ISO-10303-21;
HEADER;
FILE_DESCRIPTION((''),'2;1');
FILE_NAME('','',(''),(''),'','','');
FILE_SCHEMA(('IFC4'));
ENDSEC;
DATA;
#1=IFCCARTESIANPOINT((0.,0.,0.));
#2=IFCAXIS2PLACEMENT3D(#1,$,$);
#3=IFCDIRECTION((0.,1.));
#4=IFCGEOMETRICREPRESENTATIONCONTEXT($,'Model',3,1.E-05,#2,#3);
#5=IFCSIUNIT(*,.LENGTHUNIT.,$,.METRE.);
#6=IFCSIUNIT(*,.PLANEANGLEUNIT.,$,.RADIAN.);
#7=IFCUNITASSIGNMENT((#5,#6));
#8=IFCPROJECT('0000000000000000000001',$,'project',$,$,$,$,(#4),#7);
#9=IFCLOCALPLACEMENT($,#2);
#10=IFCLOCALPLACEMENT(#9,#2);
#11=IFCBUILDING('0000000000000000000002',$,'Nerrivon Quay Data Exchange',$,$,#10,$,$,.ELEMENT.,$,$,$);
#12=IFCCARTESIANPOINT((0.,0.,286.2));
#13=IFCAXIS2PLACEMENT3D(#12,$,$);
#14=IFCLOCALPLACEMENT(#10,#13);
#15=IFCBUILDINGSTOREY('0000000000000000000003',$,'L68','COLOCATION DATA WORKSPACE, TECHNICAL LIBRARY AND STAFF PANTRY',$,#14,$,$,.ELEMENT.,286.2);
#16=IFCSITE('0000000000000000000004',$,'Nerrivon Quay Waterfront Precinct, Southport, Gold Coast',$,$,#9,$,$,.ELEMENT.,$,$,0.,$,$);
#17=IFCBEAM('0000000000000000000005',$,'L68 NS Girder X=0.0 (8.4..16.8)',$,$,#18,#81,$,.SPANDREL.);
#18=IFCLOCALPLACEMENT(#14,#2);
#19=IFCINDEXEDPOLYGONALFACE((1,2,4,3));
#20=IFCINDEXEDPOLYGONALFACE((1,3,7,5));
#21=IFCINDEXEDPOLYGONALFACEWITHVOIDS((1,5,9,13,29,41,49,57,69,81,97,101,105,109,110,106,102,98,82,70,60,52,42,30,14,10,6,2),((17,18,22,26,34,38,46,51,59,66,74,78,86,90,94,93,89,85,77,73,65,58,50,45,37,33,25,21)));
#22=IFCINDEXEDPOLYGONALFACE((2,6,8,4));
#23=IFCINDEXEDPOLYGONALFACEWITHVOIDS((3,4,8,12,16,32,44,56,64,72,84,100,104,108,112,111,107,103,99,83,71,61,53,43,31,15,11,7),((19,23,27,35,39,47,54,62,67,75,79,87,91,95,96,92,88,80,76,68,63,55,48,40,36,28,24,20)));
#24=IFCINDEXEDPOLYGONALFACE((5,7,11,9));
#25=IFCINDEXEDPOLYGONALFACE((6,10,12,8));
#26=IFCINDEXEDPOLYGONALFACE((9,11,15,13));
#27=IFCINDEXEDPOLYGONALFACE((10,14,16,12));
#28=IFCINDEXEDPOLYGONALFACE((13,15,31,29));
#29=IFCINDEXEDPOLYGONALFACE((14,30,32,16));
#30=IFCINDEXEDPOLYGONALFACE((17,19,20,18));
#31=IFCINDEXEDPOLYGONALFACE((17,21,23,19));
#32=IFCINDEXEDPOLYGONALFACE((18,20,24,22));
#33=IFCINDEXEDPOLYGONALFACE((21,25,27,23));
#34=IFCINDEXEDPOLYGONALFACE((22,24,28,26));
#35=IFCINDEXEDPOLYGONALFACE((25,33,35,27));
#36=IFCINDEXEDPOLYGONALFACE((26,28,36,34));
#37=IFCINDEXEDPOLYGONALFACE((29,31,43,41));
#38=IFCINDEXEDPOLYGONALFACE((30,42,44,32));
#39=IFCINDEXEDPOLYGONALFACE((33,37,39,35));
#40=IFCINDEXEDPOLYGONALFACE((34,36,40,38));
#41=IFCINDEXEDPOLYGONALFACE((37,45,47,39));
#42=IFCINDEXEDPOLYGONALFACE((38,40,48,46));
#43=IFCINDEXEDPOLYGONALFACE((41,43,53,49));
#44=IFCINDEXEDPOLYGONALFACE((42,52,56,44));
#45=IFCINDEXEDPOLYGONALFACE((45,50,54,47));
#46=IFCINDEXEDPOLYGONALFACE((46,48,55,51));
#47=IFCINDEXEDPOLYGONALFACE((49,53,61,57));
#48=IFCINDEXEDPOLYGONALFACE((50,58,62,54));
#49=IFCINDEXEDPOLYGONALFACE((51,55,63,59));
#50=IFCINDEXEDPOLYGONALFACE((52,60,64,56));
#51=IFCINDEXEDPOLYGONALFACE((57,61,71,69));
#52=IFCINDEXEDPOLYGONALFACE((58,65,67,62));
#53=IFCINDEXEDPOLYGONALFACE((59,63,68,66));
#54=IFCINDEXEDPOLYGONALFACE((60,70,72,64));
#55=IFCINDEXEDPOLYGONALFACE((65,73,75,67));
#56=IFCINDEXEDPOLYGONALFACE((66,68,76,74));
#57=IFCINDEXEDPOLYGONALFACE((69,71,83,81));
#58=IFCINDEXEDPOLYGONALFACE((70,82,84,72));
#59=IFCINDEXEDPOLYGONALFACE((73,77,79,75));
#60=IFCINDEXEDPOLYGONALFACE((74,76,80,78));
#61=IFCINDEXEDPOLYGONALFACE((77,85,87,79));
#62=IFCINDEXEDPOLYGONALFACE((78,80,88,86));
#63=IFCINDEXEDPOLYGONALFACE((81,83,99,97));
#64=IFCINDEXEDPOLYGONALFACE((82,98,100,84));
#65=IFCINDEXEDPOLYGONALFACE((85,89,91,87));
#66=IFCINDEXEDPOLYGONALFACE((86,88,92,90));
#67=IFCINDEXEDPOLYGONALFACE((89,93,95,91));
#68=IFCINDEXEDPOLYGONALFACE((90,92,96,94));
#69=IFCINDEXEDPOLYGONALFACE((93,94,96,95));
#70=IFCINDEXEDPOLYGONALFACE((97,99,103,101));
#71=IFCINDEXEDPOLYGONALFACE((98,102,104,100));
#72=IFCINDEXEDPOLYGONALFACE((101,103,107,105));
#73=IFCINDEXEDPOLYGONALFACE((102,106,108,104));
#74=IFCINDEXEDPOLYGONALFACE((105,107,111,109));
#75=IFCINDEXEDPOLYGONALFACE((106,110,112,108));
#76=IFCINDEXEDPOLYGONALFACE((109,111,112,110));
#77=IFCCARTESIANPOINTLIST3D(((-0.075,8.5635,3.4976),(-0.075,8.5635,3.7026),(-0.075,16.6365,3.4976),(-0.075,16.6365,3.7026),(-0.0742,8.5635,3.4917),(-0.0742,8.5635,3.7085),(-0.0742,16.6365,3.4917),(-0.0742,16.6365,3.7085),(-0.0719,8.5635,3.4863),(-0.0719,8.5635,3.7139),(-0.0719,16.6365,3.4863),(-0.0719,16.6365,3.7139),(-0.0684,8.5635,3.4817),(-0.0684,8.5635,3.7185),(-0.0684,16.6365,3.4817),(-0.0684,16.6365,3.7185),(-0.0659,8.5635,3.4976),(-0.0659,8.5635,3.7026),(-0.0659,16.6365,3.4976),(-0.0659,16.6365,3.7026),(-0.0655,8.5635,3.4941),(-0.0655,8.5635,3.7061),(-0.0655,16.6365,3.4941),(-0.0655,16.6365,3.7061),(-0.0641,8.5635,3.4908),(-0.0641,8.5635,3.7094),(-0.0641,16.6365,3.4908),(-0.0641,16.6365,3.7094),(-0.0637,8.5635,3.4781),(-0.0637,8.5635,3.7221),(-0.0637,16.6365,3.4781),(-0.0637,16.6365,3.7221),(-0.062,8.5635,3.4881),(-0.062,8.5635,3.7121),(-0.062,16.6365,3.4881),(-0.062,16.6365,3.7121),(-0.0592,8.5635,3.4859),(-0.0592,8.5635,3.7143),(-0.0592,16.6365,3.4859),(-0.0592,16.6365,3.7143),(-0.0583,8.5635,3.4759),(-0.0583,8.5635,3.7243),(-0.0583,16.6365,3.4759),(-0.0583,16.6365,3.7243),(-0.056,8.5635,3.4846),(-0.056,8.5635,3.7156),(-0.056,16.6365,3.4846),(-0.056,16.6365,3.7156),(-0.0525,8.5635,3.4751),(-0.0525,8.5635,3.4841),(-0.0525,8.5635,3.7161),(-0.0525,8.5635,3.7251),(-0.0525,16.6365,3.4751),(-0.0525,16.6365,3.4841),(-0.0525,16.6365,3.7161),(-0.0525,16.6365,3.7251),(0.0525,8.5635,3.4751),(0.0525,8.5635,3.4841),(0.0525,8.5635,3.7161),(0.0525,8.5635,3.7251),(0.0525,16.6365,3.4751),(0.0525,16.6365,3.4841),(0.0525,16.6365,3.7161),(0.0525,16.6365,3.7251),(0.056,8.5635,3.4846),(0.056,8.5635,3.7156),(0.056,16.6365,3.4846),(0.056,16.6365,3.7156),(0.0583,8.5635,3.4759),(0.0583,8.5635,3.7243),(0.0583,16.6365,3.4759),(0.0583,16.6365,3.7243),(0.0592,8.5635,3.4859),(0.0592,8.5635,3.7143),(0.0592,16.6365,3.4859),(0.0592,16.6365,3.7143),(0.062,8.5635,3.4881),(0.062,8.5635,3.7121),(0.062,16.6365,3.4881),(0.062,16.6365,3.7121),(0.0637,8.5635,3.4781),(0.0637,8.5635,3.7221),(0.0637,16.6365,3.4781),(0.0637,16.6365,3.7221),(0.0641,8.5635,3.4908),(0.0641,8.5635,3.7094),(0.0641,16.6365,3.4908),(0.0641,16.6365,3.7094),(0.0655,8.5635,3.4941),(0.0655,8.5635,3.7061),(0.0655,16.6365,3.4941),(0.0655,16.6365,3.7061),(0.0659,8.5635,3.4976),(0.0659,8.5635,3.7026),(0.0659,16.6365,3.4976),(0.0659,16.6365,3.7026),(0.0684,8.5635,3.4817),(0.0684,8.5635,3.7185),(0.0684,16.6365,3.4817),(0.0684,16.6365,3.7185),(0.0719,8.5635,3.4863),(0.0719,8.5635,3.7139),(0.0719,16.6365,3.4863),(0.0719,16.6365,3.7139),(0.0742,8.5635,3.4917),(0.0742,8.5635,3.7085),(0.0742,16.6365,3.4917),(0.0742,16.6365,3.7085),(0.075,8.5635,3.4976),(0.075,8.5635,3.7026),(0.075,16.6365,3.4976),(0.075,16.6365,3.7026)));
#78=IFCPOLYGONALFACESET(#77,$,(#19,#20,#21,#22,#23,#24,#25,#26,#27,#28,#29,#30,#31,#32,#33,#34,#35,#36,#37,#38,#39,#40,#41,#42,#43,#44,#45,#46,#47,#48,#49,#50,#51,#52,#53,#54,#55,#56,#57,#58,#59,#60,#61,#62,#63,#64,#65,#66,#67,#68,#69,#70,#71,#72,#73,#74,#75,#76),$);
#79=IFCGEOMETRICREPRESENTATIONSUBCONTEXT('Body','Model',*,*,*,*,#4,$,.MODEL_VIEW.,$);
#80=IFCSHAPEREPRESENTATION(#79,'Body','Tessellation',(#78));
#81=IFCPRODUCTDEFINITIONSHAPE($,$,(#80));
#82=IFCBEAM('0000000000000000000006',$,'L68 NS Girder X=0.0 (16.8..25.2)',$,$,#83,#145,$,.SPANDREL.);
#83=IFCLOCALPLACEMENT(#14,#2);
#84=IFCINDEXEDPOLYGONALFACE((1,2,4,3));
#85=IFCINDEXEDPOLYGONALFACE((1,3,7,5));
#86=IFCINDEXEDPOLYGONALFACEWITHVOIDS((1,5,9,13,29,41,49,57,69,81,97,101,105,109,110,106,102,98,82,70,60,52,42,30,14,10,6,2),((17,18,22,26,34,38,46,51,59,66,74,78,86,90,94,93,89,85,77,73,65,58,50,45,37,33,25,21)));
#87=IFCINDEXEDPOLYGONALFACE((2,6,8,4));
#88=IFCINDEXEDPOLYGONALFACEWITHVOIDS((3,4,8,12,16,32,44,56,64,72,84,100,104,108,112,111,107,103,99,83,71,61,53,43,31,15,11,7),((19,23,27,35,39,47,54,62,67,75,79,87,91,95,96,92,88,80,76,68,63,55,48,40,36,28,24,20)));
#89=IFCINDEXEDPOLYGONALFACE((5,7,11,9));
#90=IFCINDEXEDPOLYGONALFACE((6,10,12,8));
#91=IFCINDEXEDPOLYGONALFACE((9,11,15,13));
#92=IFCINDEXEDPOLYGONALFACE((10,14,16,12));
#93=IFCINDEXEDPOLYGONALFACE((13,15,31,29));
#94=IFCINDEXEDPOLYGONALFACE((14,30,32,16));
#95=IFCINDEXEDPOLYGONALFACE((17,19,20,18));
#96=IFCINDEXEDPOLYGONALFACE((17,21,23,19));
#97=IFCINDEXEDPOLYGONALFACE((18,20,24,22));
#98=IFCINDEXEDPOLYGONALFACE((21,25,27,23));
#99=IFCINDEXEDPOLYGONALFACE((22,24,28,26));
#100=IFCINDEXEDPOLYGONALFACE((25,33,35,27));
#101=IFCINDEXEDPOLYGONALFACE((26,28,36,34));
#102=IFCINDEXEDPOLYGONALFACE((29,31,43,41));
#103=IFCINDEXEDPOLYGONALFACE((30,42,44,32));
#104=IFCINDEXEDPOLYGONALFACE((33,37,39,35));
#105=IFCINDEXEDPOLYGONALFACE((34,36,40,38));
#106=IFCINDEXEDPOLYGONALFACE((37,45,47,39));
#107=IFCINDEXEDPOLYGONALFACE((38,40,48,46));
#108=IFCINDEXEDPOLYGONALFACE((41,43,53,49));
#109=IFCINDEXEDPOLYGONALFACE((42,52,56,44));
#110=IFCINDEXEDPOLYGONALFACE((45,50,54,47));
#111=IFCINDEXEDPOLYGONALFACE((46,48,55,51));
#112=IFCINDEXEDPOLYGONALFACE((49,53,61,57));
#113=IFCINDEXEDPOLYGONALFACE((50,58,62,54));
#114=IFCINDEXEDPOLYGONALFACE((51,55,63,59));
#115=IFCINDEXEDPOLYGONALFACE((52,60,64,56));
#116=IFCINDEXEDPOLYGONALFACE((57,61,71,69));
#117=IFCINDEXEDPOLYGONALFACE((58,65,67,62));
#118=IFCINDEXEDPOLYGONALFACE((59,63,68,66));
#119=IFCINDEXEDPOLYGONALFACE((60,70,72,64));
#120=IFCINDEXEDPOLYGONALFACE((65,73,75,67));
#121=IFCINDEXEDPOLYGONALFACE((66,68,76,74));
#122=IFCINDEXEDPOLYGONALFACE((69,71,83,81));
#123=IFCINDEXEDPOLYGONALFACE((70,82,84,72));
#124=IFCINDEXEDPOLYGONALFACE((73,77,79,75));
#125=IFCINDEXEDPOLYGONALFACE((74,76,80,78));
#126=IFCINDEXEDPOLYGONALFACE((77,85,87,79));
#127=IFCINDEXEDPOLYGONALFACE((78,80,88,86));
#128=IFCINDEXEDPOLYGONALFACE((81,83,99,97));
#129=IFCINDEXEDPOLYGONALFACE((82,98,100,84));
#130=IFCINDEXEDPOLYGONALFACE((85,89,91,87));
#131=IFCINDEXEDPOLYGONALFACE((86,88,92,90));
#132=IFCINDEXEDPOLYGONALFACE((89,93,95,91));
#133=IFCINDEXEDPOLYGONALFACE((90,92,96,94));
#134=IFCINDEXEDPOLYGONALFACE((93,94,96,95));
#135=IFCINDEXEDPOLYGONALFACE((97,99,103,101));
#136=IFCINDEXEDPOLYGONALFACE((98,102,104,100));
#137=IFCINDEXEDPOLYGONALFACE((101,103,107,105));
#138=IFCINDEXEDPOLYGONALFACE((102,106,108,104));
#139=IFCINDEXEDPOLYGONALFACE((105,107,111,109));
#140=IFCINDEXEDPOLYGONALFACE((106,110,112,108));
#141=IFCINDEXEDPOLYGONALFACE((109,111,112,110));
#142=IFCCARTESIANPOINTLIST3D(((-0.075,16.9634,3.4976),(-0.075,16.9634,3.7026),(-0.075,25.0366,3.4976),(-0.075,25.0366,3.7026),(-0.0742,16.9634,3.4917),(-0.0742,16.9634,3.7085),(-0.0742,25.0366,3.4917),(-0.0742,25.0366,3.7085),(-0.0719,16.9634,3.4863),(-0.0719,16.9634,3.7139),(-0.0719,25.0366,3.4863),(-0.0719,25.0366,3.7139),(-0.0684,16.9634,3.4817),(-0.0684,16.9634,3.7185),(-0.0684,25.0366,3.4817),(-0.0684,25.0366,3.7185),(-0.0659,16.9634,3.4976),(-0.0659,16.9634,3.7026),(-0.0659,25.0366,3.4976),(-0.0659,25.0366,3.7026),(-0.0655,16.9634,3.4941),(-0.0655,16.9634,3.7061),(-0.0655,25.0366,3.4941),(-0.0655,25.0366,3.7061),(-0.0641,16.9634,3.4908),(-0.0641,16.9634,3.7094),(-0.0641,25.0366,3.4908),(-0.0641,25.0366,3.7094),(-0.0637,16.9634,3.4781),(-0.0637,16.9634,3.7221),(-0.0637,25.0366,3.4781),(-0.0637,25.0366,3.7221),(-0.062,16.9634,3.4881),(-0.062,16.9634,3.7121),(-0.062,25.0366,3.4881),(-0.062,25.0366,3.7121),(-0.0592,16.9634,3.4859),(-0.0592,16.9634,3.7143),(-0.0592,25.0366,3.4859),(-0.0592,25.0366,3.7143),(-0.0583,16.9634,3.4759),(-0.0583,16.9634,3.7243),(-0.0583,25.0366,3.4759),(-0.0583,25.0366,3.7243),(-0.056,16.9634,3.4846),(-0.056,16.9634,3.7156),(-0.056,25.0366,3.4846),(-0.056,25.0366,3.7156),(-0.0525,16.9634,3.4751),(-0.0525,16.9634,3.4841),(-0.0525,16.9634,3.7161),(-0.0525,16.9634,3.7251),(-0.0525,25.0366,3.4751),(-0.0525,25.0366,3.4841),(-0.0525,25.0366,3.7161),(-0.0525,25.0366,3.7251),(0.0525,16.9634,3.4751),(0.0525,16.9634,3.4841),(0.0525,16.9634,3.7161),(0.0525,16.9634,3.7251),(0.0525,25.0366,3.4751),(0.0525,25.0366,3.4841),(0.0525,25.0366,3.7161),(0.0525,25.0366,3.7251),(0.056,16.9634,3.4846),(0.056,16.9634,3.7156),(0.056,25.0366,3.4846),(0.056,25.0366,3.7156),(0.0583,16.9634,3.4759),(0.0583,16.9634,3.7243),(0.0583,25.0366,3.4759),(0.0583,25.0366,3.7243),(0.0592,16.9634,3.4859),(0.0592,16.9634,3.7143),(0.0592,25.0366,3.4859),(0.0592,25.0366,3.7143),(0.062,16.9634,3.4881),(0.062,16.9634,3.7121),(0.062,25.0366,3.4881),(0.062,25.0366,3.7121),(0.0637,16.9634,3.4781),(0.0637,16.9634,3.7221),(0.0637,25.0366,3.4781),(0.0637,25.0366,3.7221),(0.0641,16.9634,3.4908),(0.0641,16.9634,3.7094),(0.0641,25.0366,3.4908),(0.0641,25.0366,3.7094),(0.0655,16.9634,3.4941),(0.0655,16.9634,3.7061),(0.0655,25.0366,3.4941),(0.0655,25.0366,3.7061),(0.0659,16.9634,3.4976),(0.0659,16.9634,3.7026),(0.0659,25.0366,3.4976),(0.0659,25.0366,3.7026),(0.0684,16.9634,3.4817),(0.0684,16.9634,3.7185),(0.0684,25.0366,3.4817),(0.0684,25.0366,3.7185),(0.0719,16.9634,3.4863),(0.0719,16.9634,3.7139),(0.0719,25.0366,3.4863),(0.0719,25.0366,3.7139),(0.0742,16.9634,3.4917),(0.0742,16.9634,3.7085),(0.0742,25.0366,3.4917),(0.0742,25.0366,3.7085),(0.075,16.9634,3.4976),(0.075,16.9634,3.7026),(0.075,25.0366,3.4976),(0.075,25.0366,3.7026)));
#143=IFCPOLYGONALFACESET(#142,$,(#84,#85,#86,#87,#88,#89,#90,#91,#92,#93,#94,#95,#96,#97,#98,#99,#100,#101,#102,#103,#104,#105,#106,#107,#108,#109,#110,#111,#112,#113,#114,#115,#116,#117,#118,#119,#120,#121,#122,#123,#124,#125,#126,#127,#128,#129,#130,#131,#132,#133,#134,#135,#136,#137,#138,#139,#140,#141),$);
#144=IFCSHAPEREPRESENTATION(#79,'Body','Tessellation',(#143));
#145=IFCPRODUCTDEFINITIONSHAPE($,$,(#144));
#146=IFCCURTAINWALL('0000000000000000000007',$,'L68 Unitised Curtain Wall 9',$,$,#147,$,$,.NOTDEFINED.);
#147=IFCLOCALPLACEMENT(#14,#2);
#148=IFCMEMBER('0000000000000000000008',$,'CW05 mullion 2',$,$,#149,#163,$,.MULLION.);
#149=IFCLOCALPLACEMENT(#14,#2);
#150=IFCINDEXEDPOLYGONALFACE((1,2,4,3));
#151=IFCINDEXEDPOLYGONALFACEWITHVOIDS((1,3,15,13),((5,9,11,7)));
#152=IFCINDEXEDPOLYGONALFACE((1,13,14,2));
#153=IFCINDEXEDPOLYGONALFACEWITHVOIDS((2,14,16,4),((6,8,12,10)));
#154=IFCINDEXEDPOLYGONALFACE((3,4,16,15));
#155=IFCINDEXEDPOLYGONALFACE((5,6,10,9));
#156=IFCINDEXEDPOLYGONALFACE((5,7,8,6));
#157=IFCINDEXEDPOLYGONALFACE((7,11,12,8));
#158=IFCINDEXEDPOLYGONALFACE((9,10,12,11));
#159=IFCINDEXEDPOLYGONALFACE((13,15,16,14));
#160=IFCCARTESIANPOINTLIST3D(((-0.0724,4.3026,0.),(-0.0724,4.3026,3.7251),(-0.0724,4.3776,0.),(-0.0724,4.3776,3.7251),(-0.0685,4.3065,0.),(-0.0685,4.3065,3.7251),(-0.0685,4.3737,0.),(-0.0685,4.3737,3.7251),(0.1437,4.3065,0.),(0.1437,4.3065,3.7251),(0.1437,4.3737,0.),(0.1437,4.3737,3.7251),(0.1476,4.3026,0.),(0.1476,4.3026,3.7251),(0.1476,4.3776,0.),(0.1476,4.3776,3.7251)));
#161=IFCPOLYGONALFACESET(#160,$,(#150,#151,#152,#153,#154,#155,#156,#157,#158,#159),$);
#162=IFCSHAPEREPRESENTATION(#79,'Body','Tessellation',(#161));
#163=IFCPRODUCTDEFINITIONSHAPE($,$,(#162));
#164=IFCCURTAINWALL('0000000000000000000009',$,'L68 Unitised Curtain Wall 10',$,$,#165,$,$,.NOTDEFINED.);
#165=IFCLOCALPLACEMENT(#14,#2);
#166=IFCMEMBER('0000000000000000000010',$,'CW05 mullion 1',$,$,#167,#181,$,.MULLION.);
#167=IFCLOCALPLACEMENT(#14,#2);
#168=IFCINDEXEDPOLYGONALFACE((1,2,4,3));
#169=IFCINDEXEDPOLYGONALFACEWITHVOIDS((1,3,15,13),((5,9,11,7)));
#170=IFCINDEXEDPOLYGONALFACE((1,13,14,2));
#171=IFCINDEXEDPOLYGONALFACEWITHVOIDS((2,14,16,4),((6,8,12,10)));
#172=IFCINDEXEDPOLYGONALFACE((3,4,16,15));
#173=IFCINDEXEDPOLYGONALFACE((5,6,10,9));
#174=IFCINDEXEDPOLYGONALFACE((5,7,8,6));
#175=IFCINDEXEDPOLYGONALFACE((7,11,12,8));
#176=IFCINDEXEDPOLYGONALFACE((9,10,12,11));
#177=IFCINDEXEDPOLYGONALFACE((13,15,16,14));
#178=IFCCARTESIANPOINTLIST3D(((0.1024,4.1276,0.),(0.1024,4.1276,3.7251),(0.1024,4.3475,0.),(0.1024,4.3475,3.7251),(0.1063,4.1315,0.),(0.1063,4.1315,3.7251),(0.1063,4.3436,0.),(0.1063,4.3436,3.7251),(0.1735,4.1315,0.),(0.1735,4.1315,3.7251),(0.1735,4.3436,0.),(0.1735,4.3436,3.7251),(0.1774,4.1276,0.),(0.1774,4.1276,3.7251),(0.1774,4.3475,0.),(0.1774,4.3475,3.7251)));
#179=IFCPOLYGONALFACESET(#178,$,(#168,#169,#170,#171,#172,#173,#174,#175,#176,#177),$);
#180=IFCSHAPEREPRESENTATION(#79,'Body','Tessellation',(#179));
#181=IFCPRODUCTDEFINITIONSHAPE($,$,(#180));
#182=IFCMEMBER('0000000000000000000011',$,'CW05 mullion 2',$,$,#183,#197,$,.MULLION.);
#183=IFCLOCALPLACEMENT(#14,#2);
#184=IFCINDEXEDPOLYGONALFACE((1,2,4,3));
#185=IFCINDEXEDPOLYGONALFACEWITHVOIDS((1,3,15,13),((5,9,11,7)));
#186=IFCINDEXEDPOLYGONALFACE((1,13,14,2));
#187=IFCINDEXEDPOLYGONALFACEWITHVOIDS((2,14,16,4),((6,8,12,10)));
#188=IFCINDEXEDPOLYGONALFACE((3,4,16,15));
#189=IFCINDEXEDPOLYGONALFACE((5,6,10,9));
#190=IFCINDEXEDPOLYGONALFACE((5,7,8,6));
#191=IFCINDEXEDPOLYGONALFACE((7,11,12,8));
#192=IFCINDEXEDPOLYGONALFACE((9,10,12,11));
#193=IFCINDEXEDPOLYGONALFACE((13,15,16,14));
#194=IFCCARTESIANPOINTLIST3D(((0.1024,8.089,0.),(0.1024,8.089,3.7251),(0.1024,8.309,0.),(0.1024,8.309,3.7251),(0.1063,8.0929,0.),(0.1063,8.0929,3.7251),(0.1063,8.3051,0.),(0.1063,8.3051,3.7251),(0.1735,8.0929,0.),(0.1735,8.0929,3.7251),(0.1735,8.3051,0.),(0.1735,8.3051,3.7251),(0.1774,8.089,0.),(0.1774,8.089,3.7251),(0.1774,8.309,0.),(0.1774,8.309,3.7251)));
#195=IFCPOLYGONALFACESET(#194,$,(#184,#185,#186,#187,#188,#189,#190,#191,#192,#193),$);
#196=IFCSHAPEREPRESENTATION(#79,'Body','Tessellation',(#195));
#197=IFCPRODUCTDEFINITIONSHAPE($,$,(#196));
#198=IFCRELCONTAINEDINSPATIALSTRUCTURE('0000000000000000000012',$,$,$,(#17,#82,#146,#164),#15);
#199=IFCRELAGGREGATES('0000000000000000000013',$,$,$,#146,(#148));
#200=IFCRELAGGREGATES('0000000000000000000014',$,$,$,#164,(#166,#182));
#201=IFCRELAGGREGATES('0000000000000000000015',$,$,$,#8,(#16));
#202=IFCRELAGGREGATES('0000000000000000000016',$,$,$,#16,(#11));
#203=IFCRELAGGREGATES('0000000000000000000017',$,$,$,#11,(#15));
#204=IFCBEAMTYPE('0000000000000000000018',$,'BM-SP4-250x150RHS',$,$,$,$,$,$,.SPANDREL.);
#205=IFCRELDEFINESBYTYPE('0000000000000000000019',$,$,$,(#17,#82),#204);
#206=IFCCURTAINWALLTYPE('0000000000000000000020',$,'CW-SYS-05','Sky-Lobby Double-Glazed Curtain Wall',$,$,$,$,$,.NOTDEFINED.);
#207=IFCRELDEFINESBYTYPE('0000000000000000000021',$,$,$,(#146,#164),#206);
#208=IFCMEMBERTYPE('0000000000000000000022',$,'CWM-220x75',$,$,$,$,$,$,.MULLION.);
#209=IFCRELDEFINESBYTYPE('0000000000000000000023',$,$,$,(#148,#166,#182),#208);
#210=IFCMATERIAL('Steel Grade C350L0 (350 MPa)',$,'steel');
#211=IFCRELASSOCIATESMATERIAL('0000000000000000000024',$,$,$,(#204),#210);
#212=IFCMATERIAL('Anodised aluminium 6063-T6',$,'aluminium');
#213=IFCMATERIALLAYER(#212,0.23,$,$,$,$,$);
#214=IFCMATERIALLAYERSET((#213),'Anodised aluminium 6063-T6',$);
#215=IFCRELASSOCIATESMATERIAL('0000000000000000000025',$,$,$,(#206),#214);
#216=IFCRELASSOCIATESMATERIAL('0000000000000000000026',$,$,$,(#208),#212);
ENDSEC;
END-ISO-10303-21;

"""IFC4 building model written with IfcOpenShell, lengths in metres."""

from ifc_helpers import new_model, si_unit, direction, frame, origin, origin_2d, place, context, subcontext, project, spatial, hollow_rectangle, extrude, material, layer, layer_set, material_profile, profile_set, type_object, element, aggregate, save


model = new_model("IFC4")

# Units and contexts
model_context = context("Model", 3, precision=1e-05, world=origin(), true_north=direction((0.0, 1.0)))
body_context = subcontext(model_context, "Body", "Model", "MODEL_VIEW")
ifc_project = project(units=[si_unit("LENGTHUNIT", "METRE"), si_unit("PLANEANGLEUNIT", "RADIAN")], contexts=[model_context])

# Site, building, storey
site_placement = place(None, origin())
site = spatial("IfcSite", under=ifc_project, at=site_placement, Name="Nerrivon Quay Waterfront Precinct, Southport, Gold Coast", CompositionType="ELEMENT", RefElevation=0.0)
building_placement = place(site_placement, origin())
building = spatial("IfcBuilding", under=site, at=building_placement, Name="Nerrivon Quay Data Exchange", CompositionType="ELEMENT")
storey_placement = place(building_placement, frame((0.0, 0.0, 286.2)))
storey = spatial("IfcBuildingStorey", under=building, at=storey_placement, Name="L68", Description="COLOCATION DATA WORKSPACE, TECHNICAL LIBRARY AND STAFF PANTRY", CompositionType="ELEMENT", Elevation=286.2)

# Beams
ifc_material_1 = material(Name="Steel Grade C350L0 (350 MPa)", Category="steel")
ifc_material_profile_1 = material_profile(ifc_material_1, hollow_rectangle(XDim=0.1499, YDim=0.25, WallThickness=0.009, InnerFilletRadius=0.0134, OuterFilletRadius=0.0225, at=origin_2d()), Name="250x150x9.0RHS")
ifc_profile_set_1 = profile_set([ifc_material_profile_1], Name="Steel Grade C350L0 (350 MPa)")
beam_type_1 = type_object("IfcBeamType", Name="BM-SP4-250x150RHS", PredefinedType="SPANDREL", material=ifc_profile_set_1)
beam_1_placement = place(storey_placement, frame((0.0, 8.5635, 3.6001), z_axis=(0.0, 1.0, 0.0), x_axis=(-1.0, 0.0, 0.0)))
element("IfcBeam", 1, at=beam_1_placement, inside=storey, type_object=beam_type_1, Name="L68 NS Girder X=0.0 (8.4..16.8)", PredefinedType="SPANDREL", context=body_context, shape_type="SweptSolid", body=[
    extrude(hollow_rectangle(XDim=0.1499, YDim=0.25, WallThickness=0.009, InnerFilletRadius=0.0134, OuterFilletRadius=0.0225, at=origin_2d()), origin(), (0.0, 0.0, 1.0), 8.073),
])
beam_2_placement = place(storey_placement, frame((0.0, 16.9634, 3.6001), z_axis=(0.0, 1.0, 0.0), x_axis=(-1.0, 0.0, 0.0)))
element("IfcBeam", 2, at=beam_2_placement, inside=storey, type_object=beam_type_1, Name="L68 NS Girder X=0.0 (16.8..25.2)", PredefinedType="SPANDREL", context=body_context, shape_type="SweptSolid", body=[
    extrude(hollow_rectangle(XDim=0.1499, YDim=0.25, WallThickness=0.009, InnerFilletRadius=0.0134, OuterFilletRadius=0.0225, at=origin_2d()), origin(), (0.0, 0.0, 1.0), 8.0732),
])

# Curtain wall, member
ifc_material_2 = material(Name="Anodised aluminium 6063-T6", Category="aluminium")
ifc_layer_1 = layer(ifc_material_2, 0.23)
ifc_layer_set_1 = layer_set([ifc_layer_1], Name="Anodised aluminium 6063-T6")
curtain_wall_type = type_object("IfcCurtainWallType", Name="CW-SYS-05", Description="Sky-Lobby Double-Glazed Curtain Wall", PredefinedType="NOTDEFINED", material=ifc_layer_set_1)
curtain_wall_1_placement = place(storey_placement, origin())
curtain_wall_1 = element("IfcCurtainWall", 3, at=curtain_wall_1_placement, inside=storey, type_object=curtain_wall_type, Name="L68 Unitised Curtain Wall 9", PredefinedType="NOTDEFINED")
ifc_material_profile_2 = material_profile(ifc_material_2, hollow_rectangle(XDim=0.075, YDim=0.22, WallThickness=0.0039, at=origin_2d()), Name="ALU-MULL-220x75")
ifc_profile_set_2 = profile_set([ifc_material_profile_2], Name="Anodised aluminium 6063-T6")
member_type_1 = type_object("IfcMemberType", Name="CWM-220x75", PredefinedType="MULLION", material=ifc_profile_set_2)
member_1_placement = place(storey_placement, frame((0.0376, 4.3401, 0.0), z_axis=(0.0, 0.0, 1.0), x_axis=(0.0, -1.0, 0.0)))
member_1 = element("IfcMember", 4, at=member_1_placement, type_object=member_type_1, Name="CW05 mullion 2", PredefinedType="MULLION", context=body_context, shape_type="SweptSolid", body=[
    extrude(hollow_rectangle(XDim=0.075, YDim=0.22, WallThickness=0.0039, at=origin_2d()), origin(), (0.0, 0.0, 1.0), 3.7251),
])
aggregate(curtain_wall_1, [member_1])

# Curtain wall, members
curtain_wall_2_placement = place(storey_placement, origin())
curtain_wall_2 = element("IfcCurtainWall", 5, at=curtain_wall_2_placement, inside=storey, type_object=curtain_wall_type, Name="L68 Unitised Curtain Wall 10", PredefinedType="NOTDEFINED")
member_2_placement = place(storey_placement, frame((0.1399, 4.2375, 0.0), z_axis=(0.0, 0.0, 1.0), x_axis=(-1.0, 0.0, 0.0)))
member_2 = element("IfcMember", 6, at=member_2_placement, type_object=member_type_1, Name="CW05 mullion 1", PredefinedType="MULLION", context=body_context, shape_type="SweptSolid", body=[
    extrude(hollow_rectangle(XDim=0.075, YDim=0.22, WallThickness=0.0039, at=origin_2d()), origin(), (0.0, 0.0, 1.0), 3.7251),
])
member_3_placement = place(storey_placement, frame((0.1399, 8.199, 0.0), z_axis=(0.0, 0.0, 1.0), x_axis=(-1.0, 0.0, 0.0)))
member_3 = element("IfcMember", 7, at=member_3_placement, type_object=member_type_1, Name="CW05 mullion 2", PredefinedType="MULLION", context=body_context, shape_type="SweptSolid", body=[
    extrude(hollow_rectangle(XDim=0.075, YDim=0.22, WallThickness=0.0039, at=origin_2d()), origin(), (0.0, 0.0, 1.0), 3.7251),
])

aggregate(curtain_wall_2, [member_2, member_3])

save(model, "model.ifc")
